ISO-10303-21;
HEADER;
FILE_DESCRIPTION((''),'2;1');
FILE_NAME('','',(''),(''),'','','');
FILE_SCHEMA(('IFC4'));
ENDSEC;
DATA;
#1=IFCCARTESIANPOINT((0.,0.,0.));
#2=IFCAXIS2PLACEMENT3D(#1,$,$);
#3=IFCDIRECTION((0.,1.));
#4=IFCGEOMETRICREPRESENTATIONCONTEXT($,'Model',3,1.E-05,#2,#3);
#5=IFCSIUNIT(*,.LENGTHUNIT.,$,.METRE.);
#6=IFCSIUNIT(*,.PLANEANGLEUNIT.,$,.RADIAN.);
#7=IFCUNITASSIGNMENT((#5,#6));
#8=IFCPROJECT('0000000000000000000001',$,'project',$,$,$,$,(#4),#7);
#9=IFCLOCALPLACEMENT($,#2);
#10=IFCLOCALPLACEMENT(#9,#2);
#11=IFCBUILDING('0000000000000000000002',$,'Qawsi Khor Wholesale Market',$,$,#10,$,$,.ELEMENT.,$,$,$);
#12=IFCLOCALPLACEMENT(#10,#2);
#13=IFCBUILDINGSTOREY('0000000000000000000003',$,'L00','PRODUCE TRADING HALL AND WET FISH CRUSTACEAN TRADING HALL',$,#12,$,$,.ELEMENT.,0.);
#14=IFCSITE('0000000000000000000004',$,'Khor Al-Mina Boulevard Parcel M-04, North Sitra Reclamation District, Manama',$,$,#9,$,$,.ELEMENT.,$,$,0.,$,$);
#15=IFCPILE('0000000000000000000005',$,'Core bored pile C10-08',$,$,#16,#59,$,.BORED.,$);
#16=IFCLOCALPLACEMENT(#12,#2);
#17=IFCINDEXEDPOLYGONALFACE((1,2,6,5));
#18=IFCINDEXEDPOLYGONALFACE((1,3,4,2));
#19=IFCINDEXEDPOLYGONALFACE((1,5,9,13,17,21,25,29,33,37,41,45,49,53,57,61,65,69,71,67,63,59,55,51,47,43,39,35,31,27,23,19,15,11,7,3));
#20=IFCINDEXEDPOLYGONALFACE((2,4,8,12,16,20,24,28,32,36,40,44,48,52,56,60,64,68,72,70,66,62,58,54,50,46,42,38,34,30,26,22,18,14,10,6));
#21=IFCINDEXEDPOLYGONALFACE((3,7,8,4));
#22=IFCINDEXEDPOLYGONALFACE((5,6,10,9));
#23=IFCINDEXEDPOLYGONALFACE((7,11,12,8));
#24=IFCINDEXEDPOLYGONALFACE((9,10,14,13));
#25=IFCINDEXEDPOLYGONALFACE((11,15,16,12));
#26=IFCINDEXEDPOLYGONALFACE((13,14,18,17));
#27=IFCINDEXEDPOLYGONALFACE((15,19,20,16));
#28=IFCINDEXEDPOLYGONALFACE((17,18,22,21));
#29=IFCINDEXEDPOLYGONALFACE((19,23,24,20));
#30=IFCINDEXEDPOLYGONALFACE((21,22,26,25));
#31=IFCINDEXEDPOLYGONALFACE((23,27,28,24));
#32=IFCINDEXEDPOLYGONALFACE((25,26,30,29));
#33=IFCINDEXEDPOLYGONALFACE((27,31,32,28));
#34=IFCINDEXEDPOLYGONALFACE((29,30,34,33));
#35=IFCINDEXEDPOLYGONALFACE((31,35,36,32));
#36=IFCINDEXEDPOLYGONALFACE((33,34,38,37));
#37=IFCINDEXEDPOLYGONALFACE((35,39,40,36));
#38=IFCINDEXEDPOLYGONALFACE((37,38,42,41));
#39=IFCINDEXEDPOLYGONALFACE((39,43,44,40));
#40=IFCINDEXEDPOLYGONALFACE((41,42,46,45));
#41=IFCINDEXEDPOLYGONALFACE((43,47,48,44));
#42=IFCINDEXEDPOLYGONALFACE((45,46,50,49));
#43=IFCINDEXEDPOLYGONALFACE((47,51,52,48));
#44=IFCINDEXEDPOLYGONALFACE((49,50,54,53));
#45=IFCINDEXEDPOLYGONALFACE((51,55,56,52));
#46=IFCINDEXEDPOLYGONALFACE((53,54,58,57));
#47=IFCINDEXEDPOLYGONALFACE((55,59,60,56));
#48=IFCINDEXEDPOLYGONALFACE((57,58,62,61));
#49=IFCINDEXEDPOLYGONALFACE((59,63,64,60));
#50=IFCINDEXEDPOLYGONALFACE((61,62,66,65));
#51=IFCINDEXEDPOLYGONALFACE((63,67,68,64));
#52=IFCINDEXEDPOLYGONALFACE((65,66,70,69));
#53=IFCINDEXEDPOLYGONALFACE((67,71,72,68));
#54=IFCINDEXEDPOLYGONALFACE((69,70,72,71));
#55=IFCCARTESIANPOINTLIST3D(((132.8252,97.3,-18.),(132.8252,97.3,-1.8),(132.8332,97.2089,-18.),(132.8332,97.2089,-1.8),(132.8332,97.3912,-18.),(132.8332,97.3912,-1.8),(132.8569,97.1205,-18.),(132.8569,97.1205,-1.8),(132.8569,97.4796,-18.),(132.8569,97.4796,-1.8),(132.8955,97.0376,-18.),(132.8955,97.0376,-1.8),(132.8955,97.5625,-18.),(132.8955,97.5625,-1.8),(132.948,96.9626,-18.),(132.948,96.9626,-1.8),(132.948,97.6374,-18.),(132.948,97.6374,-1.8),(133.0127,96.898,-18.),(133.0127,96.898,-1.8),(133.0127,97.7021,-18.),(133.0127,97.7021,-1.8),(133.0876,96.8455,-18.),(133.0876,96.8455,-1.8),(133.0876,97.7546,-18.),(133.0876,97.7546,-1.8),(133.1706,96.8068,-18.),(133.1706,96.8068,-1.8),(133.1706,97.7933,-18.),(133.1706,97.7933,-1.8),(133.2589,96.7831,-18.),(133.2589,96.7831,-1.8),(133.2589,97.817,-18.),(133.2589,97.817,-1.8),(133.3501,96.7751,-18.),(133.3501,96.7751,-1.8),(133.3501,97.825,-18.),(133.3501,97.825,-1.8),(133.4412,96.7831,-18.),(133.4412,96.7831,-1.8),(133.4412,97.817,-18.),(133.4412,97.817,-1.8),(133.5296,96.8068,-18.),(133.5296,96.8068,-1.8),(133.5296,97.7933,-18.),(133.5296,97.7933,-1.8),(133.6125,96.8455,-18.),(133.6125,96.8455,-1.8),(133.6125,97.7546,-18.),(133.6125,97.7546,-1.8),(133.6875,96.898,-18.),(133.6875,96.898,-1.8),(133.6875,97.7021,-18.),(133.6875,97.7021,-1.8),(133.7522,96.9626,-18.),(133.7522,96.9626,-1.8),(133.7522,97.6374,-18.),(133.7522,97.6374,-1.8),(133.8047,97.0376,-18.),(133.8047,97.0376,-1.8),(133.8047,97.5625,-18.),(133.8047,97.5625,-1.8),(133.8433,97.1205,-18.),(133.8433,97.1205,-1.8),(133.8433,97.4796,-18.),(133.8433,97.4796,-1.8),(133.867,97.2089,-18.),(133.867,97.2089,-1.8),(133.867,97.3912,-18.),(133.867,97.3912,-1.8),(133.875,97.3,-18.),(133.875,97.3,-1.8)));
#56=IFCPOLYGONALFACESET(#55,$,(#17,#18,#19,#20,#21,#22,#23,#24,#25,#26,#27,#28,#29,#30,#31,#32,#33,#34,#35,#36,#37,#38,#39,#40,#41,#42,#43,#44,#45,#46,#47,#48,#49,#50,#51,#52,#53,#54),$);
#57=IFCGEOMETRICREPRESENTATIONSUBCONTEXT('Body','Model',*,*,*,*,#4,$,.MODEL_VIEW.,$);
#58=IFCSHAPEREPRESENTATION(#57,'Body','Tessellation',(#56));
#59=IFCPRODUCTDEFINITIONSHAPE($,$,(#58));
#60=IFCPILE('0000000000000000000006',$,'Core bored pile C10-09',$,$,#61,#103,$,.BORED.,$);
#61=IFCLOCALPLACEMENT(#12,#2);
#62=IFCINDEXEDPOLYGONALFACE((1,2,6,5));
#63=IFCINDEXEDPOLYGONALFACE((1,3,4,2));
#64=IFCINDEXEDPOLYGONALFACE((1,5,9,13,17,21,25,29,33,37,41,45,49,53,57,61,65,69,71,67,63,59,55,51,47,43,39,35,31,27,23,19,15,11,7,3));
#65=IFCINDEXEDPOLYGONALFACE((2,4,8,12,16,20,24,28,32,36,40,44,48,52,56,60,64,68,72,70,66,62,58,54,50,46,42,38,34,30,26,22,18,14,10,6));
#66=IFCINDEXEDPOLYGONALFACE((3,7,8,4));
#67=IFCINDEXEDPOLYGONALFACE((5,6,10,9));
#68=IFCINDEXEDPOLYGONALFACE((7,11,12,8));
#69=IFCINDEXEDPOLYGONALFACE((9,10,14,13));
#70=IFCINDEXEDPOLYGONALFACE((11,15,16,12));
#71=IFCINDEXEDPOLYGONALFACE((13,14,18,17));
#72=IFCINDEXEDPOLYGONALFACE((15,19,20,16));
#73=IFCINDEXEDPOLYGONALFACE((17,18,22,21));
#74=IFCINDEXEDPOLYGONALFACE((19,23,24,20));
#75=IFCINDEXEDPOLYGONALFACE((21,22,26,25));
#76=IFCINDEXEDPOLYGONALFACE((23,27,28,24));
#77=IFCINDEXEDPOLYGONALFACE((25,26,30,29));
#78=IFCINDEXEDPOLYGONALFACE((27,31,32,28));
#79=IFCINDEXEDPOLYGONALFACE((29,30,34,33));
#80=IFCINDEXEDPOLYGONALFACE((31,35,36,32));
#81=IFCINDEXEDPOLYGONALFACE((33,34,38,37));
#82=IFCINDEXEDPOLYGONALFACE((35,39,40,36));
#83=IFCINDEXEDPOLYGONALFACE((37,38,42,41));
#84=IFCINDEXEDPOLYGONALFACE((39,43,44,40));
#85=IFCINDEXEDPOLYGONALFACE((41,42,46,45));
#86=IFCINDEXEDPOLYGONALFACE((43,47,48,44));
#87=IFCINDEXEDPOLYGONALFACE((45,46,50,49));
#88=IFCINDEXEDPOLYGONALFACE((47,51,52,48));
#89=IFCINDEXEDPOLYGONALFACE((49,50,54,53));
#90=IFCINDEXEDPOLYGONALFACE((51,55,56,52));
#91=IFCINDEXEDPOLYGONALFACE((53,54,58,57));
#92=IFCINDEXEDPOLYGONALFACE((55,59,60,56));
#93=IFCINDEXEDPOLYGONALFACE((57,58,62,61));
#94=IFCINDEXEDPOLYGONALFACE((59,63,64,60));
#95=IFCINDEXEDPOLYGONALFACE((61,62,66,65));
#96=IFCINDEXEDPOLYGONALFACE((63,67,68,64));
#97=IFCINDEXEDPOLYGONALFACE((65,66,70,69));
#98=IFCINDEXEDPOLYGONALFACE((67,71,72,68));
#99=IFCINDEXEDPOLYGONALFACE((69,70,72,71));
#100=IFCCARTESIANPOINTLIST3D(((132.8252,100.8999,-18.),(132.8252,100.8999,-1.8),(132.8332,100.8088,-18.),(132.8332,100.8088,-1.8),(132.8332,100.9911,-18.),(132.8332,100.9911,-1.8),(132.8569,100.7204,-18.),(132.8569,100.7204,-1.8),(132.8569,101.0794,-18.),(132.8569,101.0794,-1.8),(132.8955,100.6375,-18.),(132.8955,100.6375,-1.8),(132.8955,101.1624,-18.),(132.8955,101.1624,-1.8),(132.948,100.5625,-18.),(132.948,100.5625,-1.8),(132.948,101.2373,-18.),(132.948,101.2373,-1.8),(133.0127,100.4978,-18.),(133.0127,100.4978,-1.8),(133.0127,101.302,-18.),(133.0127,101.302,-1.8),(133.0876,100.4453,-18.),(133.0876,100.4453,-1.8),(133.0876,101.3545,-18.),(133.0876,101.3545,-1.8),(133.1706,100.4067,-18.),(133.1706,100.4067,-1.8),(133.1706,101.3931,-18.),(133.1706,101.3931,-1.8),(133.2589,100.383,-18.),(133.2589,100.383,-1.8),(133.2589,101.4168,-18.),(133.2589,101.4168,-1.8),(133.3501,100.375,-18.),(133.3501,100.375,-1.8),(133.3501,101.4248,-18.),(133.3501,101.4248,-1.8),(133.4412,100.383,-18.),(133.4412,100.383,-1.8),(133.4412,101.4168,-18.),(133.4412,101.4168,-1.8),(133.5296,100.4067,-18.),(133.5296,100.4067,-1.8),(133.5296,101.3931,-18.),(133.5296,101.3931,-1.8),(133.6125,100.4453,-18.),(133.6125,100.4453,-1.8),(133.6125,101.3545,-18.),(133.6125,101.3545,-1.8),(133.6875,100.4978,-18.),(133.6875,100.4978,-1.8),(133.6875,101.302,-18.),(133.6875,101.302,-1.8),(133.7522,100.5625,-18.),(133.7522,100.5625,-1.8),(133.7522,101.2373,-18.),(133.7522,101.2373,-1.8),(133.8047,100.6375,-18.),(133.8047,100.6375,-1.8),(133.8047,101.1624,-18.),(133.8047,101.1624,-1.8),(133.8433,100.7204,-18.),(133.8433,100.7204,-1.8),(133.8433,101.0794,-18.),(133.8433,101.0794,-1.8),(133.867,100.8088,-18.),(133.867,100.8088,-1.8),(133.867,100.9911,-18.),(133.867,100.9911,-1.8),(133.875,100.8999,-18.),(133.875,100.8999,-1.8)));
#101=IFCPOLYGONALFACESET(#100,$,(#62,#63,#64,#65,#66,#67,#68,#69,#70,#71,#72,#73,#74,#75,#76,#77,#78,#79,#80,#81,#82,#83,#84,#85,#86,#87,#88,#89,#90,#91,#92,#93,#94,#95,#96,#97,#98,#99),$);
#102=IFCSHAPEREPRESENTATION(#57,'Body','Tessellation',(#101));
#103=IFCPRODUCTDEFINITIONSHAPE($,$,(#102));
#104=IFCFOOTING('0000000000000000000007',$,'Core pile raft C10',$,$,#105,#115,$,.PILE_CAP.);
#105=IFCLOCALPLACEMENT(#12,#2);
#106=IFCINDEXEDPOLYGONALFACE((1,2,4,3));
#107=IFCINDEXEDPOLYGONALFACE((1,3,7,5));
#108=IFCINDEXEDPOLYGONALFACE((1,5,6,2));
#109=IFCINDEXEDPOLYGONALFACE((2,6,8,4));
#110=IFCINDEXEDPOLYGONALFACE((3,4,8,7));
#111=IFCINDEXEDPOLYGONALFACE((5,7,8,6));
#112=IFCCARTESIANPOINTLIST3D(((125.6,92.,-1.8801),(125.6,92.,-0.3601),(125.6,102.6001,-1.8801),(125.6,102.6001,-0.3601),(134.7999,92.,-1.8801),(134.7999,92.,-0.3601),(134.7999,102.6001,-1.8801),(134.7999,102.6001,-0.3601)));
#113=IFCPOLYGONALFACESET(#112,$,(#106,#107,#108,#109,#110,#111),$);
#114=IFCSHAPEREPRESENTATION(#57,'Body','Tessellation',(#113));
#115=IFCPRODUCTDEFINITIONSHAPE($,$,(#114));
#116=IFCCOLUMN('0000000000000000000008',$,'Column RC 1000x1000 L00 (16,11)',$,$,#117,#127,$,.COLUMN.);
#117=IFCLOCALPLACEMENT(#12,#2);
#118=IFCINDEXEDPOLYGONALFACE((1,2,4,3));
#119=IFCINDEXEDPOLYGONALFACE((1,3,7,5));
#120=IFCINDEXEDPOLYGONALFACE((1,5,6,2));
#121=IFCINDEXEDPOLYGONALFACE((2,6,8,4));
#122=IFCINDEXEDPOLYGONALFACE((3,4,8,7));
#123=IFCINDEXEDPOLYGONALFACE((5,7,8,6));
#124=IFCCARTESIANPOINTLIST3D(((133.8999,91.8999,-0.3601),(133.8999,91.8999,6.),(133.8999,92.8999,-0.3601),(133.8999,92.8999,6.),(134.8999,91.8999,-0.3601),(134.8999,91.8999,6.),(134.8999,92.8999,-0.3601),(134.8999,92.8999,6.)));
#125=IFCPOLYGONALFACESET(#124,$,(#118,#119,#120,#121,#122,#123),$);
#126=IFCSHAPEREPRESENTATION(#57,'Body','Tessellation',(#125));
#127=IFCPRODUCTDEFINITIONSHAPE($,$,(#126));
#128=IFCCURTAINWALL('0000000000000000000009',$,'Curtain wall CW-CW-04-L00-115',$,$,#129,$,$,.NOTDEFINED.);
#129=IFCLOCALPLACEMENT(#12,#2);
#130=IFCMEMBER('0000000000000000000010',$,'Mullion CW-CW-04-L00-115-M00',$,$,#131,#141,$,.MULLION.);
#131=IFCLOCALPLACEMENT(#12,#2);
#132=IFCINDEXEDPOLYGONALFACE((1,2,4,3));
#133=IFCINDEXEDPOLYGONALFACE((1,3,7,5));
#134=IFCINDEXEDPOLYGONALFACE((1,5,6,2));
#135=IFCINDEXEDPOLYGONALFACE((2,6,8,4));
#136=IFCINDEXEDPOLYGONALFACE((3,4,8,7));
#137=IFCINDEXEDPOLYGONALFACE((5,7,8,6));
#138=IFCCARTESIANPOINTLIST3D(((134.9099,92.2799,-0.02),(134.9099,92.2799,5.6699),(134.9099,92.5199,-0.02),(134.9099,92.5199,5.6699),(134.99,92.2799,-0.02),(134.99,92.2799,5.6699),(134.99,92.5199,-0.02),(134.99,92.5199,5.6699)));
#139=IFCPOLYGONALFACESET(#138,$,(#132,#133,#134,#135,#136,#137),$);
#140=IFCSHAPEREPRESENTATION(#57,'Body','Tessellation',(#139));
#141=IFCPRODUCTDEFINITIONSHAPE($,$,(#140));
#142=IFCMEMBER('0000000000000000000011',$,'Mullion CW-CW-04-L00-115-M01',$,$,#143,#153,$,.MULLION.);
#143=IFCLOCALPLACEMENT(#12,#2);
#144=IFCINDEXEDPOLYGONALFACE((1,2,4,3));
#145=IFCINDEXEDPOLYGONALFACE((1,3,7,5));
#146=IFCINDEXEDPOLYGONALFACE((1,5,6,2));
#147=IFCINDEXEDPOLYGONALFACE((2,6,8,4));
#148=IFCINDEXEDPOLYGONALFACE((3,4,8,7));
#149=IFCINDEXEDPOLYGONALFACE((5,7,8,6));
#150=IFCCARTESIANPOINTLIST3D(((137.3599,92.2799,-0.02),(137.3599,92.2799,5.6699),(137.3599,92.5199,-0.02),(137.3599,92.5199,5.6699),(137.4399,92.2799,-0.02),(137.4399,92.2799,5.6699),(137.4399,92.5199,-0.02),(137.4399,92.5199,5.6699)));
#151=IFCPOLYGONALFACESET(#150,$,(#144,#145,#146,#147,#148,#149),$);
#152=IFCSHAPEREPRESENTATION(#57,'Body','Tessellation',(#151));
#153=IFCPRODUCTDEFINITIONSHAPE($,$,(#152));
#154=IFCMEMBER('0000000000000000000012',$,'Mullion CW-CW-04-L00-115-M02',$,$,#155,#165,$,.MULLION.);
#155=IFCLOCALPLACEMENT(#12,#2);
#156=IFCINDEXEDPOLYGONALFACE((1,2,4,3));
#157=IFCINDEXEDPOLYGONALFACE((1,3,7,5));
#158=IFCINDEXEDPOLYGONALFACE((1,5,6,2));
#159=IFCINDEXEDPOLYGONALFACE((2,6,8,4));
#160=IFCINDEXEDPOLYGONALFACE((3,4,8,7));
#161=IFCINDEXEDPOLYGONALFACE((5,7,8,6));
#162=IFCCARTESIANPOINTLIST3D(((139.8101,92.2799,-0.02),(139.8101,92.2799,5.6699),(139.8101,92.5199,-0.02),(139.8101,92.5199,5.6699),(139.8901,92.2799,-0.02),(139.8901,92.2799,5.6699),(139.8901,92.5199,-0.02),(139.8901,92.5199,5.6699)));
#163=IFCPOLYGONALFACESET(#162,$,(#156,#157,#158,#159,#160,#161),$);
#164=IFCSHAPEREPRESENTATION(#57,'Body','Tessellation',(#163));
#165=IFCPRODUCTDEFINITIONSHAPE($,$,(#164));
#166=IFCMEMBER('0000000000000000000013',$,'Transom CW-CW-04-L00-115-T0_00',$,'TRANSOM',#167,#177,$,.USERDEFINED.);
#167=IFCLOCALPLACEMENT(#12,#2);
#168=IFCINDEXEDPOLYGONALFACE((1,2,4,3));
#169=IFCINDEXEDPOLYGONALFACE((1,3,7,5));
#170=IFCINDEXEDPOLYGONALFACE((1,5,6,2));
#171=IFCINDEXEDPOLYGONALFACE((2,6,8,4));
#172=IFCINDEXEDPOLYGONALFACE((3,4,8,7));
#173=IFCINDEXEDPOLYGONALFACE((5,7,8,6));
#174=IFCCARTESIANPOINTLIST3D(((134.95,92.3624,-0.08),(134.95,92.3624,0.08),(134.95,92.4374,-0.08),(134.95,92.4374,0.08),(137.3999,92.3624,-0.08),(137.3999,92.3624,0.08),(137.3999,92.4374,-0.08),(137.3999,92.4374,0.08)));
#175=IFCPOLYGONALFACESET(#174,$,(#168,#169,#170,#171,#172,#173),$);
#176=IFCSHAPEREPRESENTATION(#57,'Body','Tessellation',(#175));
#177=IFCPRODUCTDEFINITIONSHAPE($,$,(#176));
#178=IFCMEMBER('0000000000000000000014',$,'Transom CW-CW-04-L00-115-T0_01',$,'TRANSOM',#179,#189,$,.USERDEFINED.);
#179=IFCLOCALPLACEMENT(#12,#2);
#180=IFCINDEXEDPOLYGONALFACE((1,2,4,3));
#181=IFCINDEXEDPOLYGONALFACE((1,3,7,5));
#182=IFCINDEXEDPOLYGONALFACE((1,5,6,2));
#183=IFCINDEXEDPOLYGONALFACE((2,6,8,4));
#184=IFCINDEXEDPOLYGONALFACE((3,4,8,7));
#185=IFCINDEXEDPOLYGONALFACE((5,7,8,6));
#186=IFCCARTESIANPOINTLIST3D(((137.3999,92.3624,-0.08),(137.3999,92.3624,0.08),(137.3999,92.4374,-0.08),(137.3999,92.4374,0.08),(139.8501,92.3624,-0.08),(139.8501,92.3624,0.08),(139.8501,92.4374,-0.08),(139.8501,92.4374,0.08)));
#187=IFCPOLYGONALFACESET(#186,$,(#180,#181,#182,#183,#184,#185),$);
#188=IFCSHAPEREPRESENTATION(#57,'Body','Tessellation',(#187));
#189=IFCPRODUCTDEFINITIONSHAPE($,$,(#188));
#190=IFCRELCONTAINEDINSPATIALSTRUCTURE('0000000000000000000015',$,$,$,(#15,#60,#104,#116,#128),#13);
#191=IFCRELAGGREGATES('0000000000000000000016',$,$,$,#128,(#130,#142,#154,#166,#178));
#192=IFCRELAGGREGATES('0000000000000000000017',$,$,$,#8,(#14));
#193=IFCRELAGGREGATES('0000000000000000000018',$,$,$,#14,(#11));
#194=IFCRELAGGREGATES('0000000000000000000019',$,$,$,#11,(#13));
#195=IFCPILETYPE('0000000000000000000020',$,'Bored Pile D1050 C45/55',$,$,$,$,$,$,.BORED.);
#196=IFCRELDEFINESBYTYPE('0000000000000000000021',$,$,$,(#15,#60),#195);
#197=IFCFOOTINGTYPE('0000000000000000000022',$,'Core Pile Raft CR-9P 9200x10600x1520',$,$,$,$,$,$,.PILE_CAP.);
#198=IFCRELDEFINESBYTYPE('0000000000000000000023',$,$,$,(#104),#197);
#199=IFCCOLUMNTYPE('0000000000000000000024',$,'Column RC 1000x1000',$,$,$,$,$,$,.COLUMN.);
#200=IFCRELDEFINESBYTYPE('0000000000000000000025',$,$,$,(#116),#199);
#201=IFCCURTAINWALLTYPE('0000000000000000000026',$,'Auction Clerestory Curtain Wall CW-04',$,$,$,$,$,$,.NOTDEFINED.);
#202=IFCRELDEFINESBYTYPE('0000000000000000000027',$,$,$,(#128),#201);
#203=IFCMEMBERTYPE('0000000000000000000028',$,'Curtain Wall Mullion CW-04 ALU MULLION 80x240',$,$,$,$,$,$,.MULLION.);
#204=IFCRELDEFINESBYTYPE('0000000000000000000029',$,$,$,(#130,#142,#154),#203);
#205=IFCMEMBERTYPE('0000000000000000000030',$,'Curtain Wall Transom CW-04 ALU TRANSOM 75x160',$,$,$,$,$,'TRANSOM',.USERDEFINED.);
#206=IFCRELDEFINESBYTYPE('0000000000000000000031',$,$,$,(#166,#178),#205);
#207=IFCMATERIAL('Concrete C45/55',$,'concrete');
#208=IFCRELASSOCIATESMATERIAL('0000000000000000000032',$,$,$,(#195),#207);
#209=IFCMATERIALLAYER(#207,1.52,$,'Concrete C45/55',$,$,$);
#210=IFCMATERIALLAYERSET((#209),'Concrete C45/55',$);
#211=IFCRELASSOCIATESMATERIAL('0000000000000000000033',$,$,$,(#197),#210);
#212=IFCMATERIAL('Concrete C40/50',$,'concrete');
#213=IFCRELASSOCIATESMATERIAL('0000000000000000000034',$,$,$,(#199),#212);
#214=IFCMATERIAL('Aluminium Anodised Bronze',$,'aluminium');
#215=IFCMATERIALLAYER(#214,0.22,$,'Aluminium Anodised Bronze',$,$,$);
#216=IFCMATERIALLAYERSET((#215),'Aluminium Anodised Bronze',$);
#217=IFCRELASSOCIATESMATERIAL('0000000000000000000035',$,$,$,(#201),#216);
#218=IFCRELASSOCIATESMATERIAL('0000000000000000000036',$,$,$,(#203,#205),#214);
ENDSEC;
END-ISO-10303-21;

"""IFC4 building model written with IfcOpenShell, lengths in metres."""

from ifc_helpers import new_model, si_unit, direction, frame, origin, origin_2d, place, context, subcontext, project, spatial, rectangle, circle, extrude, material, layer, layer_set, material_profile, profile_set, type_object, element, aggregate, save


model = new_model("IFC4")

# Units and contexts
model_context = context("Model", 3, precision=1e-05, world=origin(), true_north=direction((0.0, 1.0)))
body_context = subcontext(model_context, "Body", "Model", "MODEL_VIEW")
ifc_project = project(units=[si_unit("LENGTHUNIT", "METRE"), si_unit("PLANEANGLEUNIT", "RADIAN")], contexts=[model_context])

# Site, building, storey
site_placement = place(None, origin())
site = spatial("IfcSite", under=ifc_project, at=site_placement, Name="Khor Al-Mina Boulevard Parcel M-04, North Sitra Reclamation District, Manama", CompositionType="ELEMENT", RefElevation=0.0)
building_placement = place(site_placement, origin())
building = spatial("IfcBuilding", under=site, at=building_placement, Name="Qawsi Khor Wholesale Market", CompositionType="ELEMENT")
storey_placement = place(building_placement, origin())
storey = spatial("IfcBuildingStorey", under=building, at=storey_placement, Name="L00", Description="PRODUCE TRADING HALL AND WET FISH CRUSTACEAN TRADING HALL", CompositionType="ELEMENT", Elevation=0.0)

# Piles
ifc_material_1 = material(Name="Concrete C45/55", Category="concrete")
ifc_material_profile_1 = material_profile(ifc_material_1, circle(Radius=0.5249, at=origin_2d()), Name="PILE D1050")
ifc_profile_set_1 = profile_set([ifc_material_profile_1], Name="Concrete C45/55")
pile_type = type_object("IfcPileType", Name="Bored Pile D1050 C45/55", PredefinedType="BORED", material=ifc_profile_set_1)
for number, where, z_axis, x_axis, name in (
    (1, (133.3501, 97.3, -1.8), (0.0, 0.0, -1.0), (1.0, 0.0, 0.0), "Core bored pile C10-08"),
    (2, (133.3501, 100.8999, -1.8), (0.0, 0.0, -1.0), (1.0, 0.0, 0.0), "Core bored pile C10-09"),
):
    element("IfcPile", number, at=place(storey_placement, frame(where, z_axis=z_axis, x_axis=x_axis)), inside=storey, type_object=pile_type, Name=name, PredefinedType="BORED", context=body_context, shape_type="SweptSolid", body=[
        extrude(circle(Radius=0.5249, at=origin_2d()), origin(), (0.0, 0.0, 1.0), 16.2),
    ])

# Footing
ifc_layer_1 = layer(ifc_material_1, 1.52, Name="Concrete C45/55")
ifc_layer_set_1 = layer_set([ifc_layer_1], Name="Concrete C45/55")
footing_type = type_object("IfcFootingType", Name="Core Pile Raft CR-9P 9200x10600x1520", PredefinedType="PILE_CAP", material=ifc_layer_set_1)
footing_placement = place(storey_placement, frame((130.2, 97.3, -1.8801), z_axis=(0.0, 0.0, 1.0), x_axis=(1.0, 0.0, 0.0)))
element("IfcFooting", 3, at=footing_placement, inside=storey, type_object=footing_type, Name="Core pile raft C10", PredefinedType="PILE_CAP", context=body_context, shape_type="SweptSolid", body=[
    extrude(rectangle(XDim=9.2, YDim=10.6001, at=origin_2d()), origin(), (0.0, 0.0, 1.0), 1.52),
])

# Column
ifc_material_2 = material(Name="Concrete C40/50", Category="concrete")
ifc_material_profile_2 = material_profile(ifc_material_2, rectangle(XDim=1.0, YDim=1.0, at=origin_2d()), Name="RC 1000x1000")
ifc_profile_set_2 = profile_set([ifc_material_profile_2], Name="Concrete C40/50")
column_type = type_object("IfcColumnType", Name="Column RC 1000x1000", PredefinedType="COLUMN", material=ifc_profile_set_2)
column_placement = place(storey_placement, frame((134.3999, 92.3999, -0.3601), z_axis=(0.0, 0.0, 1.0), x_axis=(1.0, 0.0, 0.0)))
element("IfcColumn", 4, at=column_placement, inside=storey, type_object=column_type, Name="Column RC 1000x1000 L00 (16,11)", PredefinedType="COLUMN", context=body_context, shape_type="SweptSolid", body=[
    extrude(rectangle(XDim=1.0, YDim=1.0, at=origin_2d()), origin(), (0.0, 0.0, 1.0), 6.3601),
])

# Curtain wall, members
ifc_material_3 = material(Name="Aluminium Anodised Bronze", Category="aluminium")
ifc_layer_2 = layer(ifc_material_3, 0.22, Name="Aluminium Anodised Bronze")
ifc_layer_set_2 = layer_set([ifc_layer_2], Name="Aluminium Anodised Bronze")
curtain_wall_type = type_object("IfcCurtainWallType", Name="Auction Clerestory Curtain Wall CW-04", PredefinedType="NOTDEFINED", material=ifc_layer_set_2)
curtain_wall_placement = place(storey_placement, origin())
curtain_wall = element("IfcCurtainWall", 5, at=curtain_wall_placement, inside=storey, type_object=curtain_wall_type, Name="Curtain wall CW-CW-04-L00-115", PredefinedType="NOTDEFINED")
ifc_material_profile_3 = material_profile(ifc_material_3, rectangle(XDim=0.0801, YDim=0.24, at=origin_2d()), Name="ALU MULLION 80x240")
ifc_profile_set_3 = profile_set([ifc_material_profile_3], Name="Aluminium Anodised Bronze")
member_type_1 = type_object("IfcMemberType", Name="Curtain Wall Mullion CW-04 ALU MULLION 80x240", PredefinedType="MULLION", material=ifc_profile_set_3)
member_1_placement = place(storey_placement, frame((134.95, 92.3999, -0.02), z_axis=(0.0, 0.0, 1.0), x_axis=(1.0, 0.0, 0.0)))
member_1 = element("IfcMember", 6, at=member_1_placement, type_object=member_type_1, Name="Mullion CW-CW-04-L00-115-M00", PredefinedType="MULLION", context=body_context, shape_type="SweptSolid", body=[
    extrude(rectangle(XDim=0.0801, YDim=0.24, at=origin_2d()), origin(), (0.0, 0.0, 1.0), 5.6899),
])
member_2_placement = place(storey_placement, frame((137.3999, 92.3999, -0.02), z_axis=(0.0, 0.0, 1.0), x_axis=(1.0, 0.0, 0.0)))
member_2 = element("IfcMember", 7, at=member_2_placement, type_object=member_type_1, Name="Mullion CW-CW-04-L00-115-M01", PredefinedType="MULLION", context=body_context, shape_type="SweptSolid", body=[
    extrude(rectangle(XDim=0.0801, YDim=0.24, at=origin_2d()), origin(), (0.0, 0.0, 1.0), 5.6899),
])
member_3_placement = place(storey_placement, frame((139.8501, 92.3999, -0.02), z_axis=(0.0, 0.0, 1.0), x_axis=(1.0, 0.0, 0.0)))
member_3 = element("IfcMember", 8, at=member_3_placement, type_object=member_type_1, Name="Mullion CW-CW-04-L00-115-M02", PredefinedType="MULLION", context=body_context, shape_type="SweptSolid", body=[
    extrude(rectangle(XDim=0.0801, YDim=0.24, at=origin_2d()), origin(), (0.0, 0.0, 1.0), 5.6899),
])
ifc_material_profile_4 = material_profile(ifc_material_3, rectangle(XDim=0.075, YDim=0.1599, at=origin_2d()), Name="ALU TRANSOM 75x160")
ifc_profile_set_4 = profile_set([ifc_material_profile_4], Name="Aluminium Anodised Bronze")
member_type_2 = type_object("IfcMemberType", Name="Curtain Wall Transom CW-04 ALU TRANSOM 75x160", ElementType="TRANSOM", PredefinedType="USERDEFINED", material=ifc_profile_set_4)
member_4_placement = place(storey_placement, frame((134.95, 92.3999, 0.0), z_axis=(1.0, 0.0, 0.0), x_axis=(0.0, 1.0, 0.0)))
member_4 = element("IfcMember", 9, at=member_4_placement, type_object=member_type_2, Name="Transom CW-CW-04-L00-115-T0_00", ObjectType="TRANSOM", PredefinedType="USERDEFINED", context=body_context, shape_type="SweptSolid", body=[
    extrude(rectangle(XDim=0.075, YDim=0.1599, at=origin_2d()), origin(), (0.0, 0.0, 1.0), 2.45),
])
member_5_placement = place(storey_placement, frame((137.3999, 92.3999, 0.0), z_axis=(1.0, 0.0, 0.0), x_axis=(0.0, 1.0, 0.0)))
member_5 = element("IfcMember", 10, at=member_5_placement, type_object=member_type_2, Name="Transom CW-CW-04-L00-115-T0_01", ObjectType="TRANSOM", PredefinedType="USERDEFINED", context=body_context, shape_type="SweptSolid", body=[
    extrude(rectangle(XDim=0.075, YDim=0.1599, at=origin_2d()), origin(), (0.0, 0.0, 1.0), 2.4502),
])
aggregate(curtain_wall, [member_1, member_2, member_3, member_4, member_5])

save(model, "model.ifc")
